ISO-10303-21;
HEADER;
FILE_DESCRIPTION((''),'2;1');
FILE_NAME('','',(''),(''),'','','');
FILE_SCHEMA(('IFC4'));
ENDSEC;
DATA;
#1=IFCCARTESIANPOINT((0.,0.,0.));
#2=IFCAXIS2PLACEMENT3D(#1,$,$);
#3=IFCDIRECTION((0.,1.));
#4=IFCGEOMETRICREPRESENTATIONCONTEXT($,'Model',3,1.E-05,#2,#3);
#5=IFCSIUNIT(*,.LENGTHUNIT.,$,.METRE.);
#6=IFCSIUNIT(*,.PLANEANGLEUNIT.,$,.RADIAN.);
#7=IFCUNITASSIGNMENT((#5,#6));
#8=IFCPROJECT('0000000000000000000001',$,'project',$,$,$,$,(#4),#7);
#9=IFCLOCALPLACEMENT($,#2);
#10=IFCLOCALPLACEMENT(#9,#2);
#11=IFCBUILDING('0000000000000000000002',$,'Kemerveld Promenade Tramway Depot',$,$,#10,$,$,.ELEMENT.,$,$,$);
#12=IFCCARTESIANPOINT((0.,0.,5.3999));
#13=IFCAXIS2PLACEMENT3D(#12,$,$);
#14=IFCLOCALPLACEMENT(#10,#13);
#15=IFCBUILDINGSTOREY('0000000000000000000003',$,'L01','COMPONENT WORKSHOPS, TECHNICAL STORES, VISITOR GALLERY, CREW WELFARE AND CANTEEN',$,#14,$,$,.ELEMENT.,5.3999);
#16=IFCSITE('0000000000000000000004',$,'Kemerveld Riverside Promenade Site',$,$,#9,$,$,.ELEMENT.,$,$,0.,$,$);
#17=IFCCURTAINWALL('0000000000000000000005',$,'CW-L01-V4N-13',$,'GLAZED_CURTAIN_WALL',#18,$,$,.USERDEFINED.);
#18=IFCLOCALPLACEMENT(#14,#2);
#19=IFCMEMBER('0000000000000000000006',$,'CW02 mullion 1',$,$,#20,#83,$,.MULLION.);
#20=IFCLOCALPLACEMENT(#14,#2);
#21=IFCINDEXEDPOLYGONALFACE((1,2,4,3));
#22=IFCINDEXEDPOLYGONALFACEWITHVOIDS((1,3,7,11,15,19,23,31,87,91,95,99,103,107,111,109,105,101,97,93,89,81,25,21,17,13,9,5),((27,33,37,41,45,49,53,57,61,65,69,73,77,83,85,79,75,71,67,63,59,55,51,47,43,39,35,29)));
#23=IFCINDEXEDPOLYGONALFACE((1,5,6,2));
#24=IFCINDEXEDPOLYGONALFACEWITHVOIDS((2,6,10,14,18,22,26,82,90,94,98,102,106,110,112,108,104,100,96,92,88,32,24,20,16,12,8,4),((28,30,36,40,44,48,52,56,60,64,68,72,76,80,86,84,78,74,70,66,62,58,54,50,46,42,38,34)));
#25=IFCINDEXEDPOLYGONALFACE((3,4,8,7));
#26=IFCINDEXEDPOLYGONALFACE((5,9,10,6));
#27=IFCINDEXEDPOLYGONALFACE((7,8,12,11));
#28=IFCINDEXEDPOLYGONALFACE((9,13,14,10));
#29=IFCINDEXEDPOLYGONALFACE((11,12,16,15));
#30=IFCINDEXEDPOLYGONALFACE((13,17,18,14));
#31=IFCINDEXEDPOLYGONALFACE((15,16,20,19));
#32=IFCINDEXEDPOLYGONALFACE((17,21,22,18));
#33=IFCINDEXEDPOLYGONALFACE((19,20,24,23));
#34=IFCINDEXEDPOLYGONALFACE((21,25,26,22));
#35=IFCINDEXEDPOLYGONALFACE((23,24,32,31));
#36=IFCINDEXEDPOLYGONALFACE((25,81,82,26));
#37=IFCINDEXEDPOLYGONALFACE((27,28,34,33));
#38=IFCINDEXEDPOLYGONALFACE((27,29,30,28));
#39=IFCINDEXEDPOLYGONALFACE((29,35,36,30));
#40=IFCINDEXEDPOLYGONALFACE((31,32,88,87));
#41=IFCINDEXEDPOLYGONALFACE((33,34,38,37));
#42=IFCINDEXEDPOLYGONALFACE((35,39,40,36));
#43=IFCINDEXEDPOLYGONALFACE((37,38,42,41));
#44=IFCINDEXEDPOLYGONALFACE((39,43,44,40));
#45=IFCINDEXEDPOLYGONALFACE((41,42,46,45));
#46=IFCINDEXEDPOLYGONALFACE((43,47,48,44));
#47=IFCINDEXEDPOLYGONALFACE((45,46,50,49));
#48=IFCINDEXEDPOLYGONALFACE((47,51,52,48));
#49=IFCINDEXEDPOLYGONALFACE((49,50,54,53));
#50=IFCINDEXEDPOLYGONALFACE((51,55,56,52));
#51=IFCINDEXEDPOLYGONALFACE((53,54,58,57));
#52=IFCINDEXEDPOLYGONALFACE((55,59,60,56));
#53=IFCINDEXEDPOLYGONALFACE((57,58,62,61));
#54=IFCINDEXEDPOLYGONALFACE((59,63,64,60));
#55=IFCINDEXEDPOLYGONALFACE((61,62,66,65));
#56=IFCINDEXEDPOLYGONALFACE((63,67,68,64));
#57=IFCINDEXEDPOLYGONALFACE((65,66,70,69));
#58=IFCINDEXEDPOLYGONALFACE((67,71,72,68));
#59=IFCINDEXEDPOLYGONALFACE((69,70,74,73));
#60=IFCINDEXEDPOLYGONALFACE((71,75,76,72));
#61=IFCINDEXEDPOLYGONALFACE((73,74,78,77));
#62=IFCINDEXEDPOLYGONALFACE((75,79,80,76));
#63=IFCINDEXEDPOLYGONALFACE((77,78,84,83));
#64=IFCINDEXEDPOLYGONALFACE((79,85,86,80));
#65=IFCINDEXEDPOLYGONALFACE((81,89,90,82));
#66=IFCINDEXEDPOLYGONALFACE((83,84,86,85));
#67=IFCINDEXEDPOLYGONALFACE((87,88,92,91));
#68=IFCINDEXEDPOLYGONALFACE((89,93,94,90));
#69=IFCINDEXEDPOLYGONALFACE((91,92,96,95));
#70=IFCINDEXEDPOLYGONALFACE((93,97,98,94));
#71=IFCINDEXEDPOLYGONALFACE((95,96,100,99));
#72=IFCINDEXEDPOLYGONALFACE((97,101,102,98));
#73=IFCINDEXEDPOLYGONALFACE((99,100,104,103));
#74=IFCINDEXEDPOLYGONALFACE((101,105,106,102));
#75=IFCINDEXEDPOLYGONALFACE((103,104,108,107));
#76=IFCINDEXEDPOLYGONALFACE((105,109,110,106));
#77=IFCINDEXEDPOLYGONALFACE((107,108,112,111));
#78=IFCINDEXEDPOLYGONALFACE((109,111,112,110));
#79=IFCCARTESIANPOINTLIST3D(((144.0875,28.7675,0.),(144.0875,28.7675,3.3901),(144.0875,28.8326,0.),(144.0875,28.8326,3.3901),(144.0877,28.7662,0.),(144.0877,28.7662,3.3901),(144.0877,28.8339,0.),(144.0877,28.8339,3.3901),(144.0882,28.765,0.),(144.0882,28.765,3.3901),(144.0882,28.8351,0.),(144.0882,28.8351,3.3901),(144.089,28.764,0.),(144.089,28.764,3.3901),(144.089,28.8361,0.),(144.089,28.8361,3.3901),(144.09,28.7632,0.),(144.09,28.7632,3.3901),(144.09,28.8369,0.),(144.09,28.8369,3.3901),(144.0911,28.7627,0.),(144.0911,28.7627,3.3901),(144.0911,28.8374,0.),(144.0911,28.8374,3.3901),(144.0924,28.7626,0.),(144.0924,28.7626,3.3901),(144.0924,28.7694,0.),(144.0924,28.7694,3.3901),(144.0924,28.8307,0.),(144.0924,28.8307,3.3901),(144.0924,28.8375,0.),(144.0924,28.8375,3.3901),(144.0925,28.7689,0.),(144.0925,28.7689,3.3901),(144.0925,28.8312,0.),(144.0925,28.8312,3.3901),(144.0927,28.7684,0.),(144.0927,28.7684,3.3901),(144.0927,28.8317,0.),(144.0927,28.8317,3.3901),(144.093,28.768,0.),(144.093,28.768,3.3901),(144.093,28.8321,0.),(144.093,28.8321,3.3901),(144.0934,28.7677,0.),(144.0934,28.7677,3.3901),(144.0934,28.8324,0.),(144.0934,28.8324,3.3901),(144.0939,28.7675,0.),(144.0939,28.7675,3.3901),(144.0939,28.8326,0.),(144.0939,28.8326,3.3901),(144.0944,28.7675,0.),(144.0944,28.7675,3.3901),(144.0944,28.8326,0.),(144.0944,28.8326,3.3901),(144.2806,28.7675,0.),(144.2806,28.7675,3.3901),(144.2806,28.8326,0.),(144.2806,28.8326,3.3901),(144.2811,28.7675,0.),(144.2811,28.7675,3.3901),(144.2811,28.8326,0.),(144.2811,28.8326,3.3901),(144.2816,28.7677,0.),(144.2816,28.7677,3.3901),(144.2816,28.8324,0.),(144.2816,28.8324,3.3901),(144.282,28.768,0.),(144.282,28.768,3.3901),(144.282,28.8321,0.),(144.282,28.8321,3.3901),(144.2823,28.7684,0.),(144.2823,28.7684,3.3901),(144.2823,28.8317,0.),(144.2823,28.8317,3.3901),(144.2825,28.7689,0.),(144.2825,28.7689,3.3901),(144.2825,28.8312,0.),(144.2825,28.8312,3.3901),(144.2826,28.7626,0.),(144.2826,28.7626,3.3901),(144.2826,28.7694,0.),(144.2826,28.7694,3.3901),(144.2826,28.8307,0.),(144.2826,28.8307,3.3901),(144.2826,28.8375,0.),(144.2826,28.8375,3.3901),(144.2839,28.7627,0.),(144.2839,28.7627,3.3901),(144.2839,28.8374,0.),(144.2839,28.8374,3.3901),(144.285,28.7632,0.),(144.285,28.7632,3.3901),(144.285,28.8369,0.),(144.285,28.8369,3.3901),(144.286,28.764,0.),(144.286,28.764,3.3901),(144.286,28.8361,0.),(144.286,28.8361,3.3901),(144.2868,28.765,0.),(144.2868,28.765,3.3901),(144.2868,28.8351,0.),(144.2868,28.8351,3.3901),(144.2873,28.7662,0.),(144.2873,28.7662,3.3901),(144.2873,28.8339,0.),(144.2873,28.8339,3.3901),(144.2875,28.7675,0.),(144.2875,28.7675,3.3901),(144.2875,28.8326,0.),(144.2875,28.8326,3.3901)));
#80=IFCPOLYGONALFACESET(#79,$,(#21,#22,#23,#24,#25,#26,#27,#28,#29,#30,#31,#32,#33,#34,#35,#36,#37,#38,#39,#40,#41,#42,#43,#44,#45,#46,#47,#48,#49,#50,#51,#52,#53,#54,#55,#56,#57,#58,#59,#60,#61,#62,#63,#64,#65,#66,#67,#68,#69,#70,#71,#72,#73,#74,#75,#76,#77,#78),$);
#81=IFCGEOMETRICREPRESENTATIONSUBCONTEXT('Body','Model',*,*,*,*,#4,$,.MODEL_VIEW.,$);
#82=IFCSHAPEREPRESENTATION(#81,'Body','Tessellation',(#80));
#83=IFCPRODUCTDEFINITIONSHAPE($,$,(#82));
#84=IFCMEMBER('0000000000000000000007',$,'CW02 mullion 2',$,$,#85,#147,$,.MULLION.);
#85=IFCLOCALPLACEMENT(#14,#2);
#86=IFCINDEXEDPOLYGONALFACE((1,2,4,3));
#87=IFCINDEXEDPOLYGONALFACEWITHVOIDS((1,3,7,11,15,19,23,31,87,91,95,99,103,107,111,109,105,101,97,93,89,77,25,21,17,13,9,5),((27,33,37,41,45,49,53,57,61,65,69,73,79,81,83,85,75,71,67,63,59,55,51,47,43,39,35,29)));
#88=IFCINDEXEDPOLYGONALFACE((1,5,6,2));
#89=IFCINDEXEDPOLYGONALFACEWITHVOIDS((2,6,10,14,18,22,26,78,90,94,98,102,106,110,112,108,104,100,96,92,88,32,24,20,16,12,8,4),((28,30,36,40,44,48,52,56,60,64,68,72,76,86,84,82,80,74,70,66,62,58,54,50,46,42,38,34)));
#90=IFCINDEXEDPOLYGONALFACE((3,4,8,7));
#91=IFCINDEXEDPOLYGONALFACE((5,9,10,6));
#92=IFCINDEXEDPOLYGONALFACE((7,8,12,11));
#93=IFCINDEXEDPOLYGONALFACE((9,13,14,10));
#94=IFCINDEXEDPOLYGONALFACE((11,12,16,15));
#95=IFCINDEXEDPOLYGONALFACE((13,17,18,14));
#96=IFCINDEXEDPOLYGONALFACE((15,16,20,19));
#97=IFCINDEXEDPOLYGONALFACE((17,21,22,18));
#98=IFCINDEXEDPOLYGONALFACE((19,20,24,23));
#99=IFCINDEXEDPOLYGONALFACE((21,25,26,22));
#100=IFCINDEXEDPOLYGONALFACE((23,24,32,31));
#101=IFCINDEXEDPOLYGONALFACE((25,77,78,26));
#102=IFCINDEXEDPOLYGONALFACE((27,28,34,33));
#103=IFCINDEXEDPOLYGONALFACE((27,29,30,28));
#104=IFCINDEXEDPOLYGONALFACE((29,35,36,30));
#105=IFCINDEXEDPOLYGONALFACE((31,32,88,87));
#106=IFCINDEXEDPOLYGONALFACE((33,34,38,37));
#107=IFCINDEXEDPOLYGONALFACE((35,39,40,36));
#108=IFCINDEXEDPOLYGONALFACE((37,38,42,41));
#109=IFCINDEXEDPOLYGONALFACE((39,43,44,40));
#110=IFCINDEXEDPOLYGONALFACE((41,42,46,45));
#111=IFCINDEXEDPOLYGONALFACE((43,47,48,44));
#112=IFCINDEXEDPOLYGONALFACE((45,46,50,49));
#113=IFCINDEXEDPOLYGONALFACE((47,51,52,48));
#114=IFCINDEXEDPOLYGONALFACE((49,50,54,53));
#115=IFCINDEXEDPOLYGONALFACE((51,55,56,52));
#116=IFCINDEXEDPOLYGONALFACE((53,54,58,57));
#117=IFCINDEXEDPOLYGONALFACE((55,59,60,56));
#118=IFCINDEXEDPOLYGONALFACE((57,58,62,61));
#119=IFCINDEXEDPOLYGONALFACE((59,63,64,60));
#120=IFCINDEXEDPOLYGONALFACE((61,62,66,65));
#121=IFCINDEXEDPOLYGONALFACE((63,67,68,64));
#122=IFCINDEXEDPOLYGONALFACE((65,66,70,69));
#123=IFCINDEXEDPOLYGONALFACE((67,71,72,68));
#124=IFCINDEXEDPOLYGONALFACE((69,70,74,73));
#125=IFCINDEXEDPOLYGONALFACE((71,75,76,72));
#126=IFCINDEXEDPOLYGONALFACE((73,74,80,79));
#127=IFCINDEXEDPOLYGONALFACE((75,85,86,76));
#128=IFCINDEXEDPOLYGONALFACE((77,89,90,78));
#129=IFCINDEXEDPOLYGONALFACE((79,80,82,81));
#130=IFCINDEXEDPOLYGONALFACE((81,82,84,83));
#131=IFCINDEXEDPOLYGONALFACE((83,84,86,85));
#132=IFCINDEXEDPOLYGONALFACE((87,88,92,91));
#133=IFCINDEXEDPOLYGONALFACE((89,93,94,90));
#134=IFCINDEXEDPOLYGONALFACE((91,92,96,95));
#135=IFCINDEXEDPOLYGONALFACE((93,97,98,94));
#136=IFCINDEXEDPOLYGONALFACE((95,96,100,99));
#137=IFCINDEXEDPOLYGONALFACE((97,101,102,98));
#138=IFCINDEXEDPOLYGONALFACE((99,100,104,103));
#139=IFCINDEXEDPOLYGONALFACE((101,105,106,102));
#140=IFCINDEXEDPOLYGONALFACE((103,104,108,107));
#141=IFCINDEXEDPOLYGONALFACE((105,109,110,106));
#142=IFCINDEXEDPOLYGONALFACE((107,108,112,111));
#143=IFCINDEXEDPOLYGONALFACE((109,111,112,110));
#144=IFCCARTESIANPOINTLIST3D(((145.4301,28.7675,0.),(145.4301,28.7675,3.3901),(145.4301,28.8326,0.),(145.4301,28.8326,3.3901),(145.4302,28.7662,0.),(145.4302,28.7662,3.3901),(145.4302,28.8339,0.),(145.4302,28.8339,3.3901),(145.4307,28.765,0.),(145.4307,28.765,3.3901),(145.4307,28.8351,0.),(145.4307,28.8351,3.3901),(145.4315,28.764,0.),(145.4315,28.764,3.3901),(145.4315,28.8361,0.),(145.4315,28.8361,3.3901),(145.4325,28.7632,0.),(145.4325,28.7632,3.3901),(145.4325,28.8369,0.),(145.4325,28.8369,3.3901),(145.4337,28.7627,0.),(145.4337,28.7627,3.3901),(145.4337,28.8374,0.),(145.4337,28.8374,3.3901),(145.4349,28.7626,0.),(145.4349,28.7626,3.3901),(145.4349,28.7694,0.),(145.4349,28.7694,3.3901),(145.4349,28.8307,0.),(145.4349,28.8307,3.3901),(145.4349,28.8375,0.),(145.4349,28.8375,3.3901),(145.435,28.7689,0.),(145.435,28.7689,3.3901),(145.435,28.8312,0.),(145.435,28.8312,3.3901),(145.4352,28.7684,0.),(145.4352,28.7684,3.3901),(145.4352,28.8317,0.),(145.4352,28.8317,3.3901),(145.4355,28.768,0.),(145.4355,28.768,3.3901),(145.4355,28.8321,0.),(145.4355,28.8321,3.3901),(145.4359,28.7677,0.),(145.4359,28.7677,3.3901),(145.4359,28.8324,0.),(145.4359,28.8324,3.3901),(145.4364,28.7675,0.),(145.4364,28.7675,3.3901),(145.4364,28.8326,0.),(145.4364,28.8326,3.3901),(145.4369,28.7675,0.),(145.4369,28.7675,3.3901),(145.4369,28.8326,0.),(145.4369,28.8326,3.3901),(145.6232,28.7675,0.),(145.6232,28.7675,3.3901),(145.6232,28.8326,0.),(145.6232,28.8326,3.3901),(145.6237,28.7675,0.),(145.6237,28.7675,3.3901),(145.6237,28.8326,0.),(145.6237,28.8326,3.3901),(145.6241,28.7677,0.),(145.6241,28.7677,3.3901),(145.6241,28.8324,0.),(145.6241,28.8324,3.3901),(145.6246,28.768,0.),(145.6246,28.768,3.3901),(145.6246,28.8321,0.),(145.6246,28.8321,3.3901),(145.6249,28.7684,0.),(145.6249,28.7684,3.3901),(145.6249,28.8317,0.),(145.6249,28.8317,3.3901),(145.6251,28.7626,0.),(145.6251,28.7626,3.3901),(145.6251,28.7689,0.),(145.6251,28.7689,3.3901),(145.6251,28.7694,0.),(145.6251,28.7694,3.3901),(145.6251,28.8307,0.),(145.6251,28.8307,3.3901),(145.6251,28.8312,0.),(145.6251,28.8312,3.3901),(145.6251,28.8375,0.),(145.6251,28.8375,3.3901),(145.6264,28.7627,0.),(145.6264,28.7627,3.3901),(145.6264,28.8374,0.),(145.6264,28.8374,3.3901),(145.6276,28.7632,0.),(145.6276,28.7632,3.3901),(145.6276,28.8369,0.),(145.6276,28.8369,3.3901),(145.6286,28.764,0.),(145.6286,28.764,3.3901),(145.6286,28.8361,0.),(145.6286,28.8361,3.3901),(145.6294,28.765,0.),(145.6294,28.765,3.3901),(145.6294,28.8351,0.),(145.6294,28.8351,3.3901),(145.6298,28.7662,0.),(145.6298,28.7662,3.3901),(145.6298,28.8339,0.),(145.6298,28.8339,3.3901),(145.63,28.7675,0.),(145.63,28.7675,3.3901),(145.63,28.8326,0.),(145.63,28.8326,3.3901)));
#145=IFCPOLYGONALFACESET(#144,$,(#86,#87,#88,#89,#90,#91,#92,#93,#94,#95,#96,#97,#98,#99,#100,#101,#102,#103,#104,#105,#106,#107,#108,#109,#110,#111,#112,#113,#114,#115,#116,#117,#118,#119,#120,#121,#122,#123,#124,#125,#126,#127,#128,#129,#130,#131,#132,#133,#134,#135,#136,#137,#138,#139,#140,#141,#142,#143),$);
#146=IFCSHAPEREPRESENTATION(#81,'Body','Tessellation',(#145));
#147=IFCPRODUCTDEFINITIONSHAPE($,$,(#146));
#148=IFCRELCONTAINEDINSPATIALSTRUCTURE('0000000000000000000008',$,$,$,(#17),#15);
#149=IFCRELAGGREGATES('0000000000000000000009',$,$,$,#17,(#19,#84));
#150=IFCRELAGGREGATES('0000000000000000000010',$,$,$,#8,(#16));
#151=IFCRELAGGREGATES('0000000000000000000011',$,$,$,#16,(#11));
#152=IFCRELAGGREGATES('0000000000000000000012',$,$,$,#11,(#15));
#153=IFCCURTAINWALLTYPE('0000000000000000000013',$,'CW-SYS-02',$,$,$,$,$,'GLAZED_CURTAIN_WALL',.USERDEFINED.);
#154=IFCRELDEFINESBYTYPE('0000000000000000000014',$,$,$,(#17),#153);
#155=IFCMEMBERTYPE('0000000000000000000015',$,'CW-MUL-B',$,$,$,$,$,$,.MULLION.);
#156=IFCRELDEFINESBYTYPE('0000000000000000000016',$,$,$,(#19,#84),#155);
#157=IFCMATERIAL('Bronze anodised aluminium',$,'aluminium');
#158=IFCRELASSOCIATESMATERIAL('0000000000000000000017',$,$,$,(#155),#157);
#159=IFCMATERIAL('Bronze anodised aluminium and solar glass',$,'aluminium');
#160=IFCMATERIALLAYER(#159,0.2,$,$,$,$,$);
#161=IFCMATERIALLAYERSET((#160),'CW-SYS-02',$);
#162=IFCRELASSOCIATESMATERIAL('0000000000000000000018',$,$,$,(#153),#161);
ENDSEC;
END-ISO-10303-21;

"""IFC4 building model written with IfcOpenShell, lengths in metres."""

from ifc_helpers import new_model, si_unit, direction, frame, origin, origin_2d, place, context, subcontext, project, spatial, hollow_rectangle, extrude, material, layer, layer_set, material_profile, profile_set, type_object, element, aggregate, save


model = new_model("IFC4")

# Units and contexts
model_context = context("Model", 3, precision=1e-05, world=origin(), true_north=direction((0.0, 1.0)))
body_context = subcontext(model_context, "Body", "Model", "MODEL_VIEW")
ifc_project = project(units=[si_unit("LENGTHUNIT", "METRE"), si_unit("PLANEANGLEUNIT", "RADIAN")], contexts=[model_context])

# Site, building, storey
site_placement = place(None, origin())
site = spatial("IfcSite", under=ifc_project, at=site_placement, Name="Kemerveld Riverside Promenade Site", CompositionType="ELEMENT", RefElevation=0.0)
building_placement = place(site_placement, origin())
building = spatial("IfcBuilding", under=site, at=building_placement, Name="Kemerveld Promenade Tramway Depot", CompositionType="ELEMENT")
storey_placement = place(building_placement, frame((0.0, 0.0, 5.3999)))
storey = spatial("IfcBuildingStorey", under=building, at=storey_placement, Name="L01", Description="COMPONENT WORKSHOPS, TECHNICAL STORES, VISITOR GALLERY, CREW WELFARE AND CANTEEN", CompositionType="ELEMENT", Elevation=5.3999)

# Shared definitions
ifc_material_1 = material(Name="Bronze anodised aluminium and solar glass", Category="aluminium")
ifc_material_2 = material(Name="Bronze anodised aluminium", Category="aluminium")
ifc_material_profile_1 = material_profile(ifc_material_2, hollow_rectangle(XDim=0.075, YDim=0.2, WallThickness=0.0049, InnerFilletRadius=0.002, OuterFilletRadius=0.0049, at=origin_2d()), Name="CW-MUL-200x75")
ifc_profile_set_1 = profile_set([ifc_material_profile_1], Name="Bronze anodised aluminium")
member_type_1 = type_object("IfcMemberType", Name="CW-MUL-B", PredefinedType="MULLION", material=ifc_profile_set_1)

# Curtain wall, members
ifc_layer_1 = layer(ifc_material_1, 0.2)
ifc_layer_set_1 = layer_set([ifc_layer_1], Name="CW-SYS-02")
curtain_wall_type_1 = type_object("IfcCurtainWallType", Name="CW-SYS-02", ElementType="GLAZED_CURTAIN_WALL", PredefinedType="USERDEFINED", material=ifc_layer_set_1)
curtain_wall_1_placement = place(storey_placement, origin())
curtain_wall_1 = element("IfcCurtainWall", 1, at=curtain_wall_1_placement, inside=storey, type_object=curtain_wall_type_1, Name="CW-L01-V4N-13", ObjectType="GLAZED_CURTAIN_WALL", PredefinedType="USERDEFINED")
member_1_placement = place(storey_placement, frame((144.1875, 28.8, 0.0), z_axis=(0.0, 0.0, 1.0), x_axis=(0.0, 1.0, 0.0)))
member_1 = element("IfcMember", 2, at=member_1_placement, type_object=member_type_1, Name="CW02 mullion 1", PredefinedType="MULLION", context=body_context, shape_type="SweptSolid", body=[
    extrude(hollow_rectangle(XDim=0.075, YDim=0.2, WallThickness=0.0049, InnerFilletRadius=0.002, OuterFilletRadius=0.0049, at=origin_2d()), origin(), (0.0, 0.0, 1.0), 3.3901),
])
member_2_placement = place(storey_placement, frame((145.53, 28.8, 0.0), z_axis=(0.0, 0.0, 1.0), x_axis=(0.0, 1.0, 0.0)))
member_2 = element("IfcMember", 3, at=member_2_placement, type_object=member_type_1, Name="CW02 mullion 2", PredefinedType="MULLION", context=body_context, shape_type="SweptSolid", body=[
    extrude(hollow_rectangle(XDim=0.075, YDim=0.2, WallThickness=0.0049, InnerFilletRadius=0.002, OuterFilletRadius=0.0049, at=origin_2d()), origin(), (0.0, 0.0, 1.0), 3.3901),
])

aggregate(curtain_wall_1, [member_1, member_2])

save(model, "model.ifc")
